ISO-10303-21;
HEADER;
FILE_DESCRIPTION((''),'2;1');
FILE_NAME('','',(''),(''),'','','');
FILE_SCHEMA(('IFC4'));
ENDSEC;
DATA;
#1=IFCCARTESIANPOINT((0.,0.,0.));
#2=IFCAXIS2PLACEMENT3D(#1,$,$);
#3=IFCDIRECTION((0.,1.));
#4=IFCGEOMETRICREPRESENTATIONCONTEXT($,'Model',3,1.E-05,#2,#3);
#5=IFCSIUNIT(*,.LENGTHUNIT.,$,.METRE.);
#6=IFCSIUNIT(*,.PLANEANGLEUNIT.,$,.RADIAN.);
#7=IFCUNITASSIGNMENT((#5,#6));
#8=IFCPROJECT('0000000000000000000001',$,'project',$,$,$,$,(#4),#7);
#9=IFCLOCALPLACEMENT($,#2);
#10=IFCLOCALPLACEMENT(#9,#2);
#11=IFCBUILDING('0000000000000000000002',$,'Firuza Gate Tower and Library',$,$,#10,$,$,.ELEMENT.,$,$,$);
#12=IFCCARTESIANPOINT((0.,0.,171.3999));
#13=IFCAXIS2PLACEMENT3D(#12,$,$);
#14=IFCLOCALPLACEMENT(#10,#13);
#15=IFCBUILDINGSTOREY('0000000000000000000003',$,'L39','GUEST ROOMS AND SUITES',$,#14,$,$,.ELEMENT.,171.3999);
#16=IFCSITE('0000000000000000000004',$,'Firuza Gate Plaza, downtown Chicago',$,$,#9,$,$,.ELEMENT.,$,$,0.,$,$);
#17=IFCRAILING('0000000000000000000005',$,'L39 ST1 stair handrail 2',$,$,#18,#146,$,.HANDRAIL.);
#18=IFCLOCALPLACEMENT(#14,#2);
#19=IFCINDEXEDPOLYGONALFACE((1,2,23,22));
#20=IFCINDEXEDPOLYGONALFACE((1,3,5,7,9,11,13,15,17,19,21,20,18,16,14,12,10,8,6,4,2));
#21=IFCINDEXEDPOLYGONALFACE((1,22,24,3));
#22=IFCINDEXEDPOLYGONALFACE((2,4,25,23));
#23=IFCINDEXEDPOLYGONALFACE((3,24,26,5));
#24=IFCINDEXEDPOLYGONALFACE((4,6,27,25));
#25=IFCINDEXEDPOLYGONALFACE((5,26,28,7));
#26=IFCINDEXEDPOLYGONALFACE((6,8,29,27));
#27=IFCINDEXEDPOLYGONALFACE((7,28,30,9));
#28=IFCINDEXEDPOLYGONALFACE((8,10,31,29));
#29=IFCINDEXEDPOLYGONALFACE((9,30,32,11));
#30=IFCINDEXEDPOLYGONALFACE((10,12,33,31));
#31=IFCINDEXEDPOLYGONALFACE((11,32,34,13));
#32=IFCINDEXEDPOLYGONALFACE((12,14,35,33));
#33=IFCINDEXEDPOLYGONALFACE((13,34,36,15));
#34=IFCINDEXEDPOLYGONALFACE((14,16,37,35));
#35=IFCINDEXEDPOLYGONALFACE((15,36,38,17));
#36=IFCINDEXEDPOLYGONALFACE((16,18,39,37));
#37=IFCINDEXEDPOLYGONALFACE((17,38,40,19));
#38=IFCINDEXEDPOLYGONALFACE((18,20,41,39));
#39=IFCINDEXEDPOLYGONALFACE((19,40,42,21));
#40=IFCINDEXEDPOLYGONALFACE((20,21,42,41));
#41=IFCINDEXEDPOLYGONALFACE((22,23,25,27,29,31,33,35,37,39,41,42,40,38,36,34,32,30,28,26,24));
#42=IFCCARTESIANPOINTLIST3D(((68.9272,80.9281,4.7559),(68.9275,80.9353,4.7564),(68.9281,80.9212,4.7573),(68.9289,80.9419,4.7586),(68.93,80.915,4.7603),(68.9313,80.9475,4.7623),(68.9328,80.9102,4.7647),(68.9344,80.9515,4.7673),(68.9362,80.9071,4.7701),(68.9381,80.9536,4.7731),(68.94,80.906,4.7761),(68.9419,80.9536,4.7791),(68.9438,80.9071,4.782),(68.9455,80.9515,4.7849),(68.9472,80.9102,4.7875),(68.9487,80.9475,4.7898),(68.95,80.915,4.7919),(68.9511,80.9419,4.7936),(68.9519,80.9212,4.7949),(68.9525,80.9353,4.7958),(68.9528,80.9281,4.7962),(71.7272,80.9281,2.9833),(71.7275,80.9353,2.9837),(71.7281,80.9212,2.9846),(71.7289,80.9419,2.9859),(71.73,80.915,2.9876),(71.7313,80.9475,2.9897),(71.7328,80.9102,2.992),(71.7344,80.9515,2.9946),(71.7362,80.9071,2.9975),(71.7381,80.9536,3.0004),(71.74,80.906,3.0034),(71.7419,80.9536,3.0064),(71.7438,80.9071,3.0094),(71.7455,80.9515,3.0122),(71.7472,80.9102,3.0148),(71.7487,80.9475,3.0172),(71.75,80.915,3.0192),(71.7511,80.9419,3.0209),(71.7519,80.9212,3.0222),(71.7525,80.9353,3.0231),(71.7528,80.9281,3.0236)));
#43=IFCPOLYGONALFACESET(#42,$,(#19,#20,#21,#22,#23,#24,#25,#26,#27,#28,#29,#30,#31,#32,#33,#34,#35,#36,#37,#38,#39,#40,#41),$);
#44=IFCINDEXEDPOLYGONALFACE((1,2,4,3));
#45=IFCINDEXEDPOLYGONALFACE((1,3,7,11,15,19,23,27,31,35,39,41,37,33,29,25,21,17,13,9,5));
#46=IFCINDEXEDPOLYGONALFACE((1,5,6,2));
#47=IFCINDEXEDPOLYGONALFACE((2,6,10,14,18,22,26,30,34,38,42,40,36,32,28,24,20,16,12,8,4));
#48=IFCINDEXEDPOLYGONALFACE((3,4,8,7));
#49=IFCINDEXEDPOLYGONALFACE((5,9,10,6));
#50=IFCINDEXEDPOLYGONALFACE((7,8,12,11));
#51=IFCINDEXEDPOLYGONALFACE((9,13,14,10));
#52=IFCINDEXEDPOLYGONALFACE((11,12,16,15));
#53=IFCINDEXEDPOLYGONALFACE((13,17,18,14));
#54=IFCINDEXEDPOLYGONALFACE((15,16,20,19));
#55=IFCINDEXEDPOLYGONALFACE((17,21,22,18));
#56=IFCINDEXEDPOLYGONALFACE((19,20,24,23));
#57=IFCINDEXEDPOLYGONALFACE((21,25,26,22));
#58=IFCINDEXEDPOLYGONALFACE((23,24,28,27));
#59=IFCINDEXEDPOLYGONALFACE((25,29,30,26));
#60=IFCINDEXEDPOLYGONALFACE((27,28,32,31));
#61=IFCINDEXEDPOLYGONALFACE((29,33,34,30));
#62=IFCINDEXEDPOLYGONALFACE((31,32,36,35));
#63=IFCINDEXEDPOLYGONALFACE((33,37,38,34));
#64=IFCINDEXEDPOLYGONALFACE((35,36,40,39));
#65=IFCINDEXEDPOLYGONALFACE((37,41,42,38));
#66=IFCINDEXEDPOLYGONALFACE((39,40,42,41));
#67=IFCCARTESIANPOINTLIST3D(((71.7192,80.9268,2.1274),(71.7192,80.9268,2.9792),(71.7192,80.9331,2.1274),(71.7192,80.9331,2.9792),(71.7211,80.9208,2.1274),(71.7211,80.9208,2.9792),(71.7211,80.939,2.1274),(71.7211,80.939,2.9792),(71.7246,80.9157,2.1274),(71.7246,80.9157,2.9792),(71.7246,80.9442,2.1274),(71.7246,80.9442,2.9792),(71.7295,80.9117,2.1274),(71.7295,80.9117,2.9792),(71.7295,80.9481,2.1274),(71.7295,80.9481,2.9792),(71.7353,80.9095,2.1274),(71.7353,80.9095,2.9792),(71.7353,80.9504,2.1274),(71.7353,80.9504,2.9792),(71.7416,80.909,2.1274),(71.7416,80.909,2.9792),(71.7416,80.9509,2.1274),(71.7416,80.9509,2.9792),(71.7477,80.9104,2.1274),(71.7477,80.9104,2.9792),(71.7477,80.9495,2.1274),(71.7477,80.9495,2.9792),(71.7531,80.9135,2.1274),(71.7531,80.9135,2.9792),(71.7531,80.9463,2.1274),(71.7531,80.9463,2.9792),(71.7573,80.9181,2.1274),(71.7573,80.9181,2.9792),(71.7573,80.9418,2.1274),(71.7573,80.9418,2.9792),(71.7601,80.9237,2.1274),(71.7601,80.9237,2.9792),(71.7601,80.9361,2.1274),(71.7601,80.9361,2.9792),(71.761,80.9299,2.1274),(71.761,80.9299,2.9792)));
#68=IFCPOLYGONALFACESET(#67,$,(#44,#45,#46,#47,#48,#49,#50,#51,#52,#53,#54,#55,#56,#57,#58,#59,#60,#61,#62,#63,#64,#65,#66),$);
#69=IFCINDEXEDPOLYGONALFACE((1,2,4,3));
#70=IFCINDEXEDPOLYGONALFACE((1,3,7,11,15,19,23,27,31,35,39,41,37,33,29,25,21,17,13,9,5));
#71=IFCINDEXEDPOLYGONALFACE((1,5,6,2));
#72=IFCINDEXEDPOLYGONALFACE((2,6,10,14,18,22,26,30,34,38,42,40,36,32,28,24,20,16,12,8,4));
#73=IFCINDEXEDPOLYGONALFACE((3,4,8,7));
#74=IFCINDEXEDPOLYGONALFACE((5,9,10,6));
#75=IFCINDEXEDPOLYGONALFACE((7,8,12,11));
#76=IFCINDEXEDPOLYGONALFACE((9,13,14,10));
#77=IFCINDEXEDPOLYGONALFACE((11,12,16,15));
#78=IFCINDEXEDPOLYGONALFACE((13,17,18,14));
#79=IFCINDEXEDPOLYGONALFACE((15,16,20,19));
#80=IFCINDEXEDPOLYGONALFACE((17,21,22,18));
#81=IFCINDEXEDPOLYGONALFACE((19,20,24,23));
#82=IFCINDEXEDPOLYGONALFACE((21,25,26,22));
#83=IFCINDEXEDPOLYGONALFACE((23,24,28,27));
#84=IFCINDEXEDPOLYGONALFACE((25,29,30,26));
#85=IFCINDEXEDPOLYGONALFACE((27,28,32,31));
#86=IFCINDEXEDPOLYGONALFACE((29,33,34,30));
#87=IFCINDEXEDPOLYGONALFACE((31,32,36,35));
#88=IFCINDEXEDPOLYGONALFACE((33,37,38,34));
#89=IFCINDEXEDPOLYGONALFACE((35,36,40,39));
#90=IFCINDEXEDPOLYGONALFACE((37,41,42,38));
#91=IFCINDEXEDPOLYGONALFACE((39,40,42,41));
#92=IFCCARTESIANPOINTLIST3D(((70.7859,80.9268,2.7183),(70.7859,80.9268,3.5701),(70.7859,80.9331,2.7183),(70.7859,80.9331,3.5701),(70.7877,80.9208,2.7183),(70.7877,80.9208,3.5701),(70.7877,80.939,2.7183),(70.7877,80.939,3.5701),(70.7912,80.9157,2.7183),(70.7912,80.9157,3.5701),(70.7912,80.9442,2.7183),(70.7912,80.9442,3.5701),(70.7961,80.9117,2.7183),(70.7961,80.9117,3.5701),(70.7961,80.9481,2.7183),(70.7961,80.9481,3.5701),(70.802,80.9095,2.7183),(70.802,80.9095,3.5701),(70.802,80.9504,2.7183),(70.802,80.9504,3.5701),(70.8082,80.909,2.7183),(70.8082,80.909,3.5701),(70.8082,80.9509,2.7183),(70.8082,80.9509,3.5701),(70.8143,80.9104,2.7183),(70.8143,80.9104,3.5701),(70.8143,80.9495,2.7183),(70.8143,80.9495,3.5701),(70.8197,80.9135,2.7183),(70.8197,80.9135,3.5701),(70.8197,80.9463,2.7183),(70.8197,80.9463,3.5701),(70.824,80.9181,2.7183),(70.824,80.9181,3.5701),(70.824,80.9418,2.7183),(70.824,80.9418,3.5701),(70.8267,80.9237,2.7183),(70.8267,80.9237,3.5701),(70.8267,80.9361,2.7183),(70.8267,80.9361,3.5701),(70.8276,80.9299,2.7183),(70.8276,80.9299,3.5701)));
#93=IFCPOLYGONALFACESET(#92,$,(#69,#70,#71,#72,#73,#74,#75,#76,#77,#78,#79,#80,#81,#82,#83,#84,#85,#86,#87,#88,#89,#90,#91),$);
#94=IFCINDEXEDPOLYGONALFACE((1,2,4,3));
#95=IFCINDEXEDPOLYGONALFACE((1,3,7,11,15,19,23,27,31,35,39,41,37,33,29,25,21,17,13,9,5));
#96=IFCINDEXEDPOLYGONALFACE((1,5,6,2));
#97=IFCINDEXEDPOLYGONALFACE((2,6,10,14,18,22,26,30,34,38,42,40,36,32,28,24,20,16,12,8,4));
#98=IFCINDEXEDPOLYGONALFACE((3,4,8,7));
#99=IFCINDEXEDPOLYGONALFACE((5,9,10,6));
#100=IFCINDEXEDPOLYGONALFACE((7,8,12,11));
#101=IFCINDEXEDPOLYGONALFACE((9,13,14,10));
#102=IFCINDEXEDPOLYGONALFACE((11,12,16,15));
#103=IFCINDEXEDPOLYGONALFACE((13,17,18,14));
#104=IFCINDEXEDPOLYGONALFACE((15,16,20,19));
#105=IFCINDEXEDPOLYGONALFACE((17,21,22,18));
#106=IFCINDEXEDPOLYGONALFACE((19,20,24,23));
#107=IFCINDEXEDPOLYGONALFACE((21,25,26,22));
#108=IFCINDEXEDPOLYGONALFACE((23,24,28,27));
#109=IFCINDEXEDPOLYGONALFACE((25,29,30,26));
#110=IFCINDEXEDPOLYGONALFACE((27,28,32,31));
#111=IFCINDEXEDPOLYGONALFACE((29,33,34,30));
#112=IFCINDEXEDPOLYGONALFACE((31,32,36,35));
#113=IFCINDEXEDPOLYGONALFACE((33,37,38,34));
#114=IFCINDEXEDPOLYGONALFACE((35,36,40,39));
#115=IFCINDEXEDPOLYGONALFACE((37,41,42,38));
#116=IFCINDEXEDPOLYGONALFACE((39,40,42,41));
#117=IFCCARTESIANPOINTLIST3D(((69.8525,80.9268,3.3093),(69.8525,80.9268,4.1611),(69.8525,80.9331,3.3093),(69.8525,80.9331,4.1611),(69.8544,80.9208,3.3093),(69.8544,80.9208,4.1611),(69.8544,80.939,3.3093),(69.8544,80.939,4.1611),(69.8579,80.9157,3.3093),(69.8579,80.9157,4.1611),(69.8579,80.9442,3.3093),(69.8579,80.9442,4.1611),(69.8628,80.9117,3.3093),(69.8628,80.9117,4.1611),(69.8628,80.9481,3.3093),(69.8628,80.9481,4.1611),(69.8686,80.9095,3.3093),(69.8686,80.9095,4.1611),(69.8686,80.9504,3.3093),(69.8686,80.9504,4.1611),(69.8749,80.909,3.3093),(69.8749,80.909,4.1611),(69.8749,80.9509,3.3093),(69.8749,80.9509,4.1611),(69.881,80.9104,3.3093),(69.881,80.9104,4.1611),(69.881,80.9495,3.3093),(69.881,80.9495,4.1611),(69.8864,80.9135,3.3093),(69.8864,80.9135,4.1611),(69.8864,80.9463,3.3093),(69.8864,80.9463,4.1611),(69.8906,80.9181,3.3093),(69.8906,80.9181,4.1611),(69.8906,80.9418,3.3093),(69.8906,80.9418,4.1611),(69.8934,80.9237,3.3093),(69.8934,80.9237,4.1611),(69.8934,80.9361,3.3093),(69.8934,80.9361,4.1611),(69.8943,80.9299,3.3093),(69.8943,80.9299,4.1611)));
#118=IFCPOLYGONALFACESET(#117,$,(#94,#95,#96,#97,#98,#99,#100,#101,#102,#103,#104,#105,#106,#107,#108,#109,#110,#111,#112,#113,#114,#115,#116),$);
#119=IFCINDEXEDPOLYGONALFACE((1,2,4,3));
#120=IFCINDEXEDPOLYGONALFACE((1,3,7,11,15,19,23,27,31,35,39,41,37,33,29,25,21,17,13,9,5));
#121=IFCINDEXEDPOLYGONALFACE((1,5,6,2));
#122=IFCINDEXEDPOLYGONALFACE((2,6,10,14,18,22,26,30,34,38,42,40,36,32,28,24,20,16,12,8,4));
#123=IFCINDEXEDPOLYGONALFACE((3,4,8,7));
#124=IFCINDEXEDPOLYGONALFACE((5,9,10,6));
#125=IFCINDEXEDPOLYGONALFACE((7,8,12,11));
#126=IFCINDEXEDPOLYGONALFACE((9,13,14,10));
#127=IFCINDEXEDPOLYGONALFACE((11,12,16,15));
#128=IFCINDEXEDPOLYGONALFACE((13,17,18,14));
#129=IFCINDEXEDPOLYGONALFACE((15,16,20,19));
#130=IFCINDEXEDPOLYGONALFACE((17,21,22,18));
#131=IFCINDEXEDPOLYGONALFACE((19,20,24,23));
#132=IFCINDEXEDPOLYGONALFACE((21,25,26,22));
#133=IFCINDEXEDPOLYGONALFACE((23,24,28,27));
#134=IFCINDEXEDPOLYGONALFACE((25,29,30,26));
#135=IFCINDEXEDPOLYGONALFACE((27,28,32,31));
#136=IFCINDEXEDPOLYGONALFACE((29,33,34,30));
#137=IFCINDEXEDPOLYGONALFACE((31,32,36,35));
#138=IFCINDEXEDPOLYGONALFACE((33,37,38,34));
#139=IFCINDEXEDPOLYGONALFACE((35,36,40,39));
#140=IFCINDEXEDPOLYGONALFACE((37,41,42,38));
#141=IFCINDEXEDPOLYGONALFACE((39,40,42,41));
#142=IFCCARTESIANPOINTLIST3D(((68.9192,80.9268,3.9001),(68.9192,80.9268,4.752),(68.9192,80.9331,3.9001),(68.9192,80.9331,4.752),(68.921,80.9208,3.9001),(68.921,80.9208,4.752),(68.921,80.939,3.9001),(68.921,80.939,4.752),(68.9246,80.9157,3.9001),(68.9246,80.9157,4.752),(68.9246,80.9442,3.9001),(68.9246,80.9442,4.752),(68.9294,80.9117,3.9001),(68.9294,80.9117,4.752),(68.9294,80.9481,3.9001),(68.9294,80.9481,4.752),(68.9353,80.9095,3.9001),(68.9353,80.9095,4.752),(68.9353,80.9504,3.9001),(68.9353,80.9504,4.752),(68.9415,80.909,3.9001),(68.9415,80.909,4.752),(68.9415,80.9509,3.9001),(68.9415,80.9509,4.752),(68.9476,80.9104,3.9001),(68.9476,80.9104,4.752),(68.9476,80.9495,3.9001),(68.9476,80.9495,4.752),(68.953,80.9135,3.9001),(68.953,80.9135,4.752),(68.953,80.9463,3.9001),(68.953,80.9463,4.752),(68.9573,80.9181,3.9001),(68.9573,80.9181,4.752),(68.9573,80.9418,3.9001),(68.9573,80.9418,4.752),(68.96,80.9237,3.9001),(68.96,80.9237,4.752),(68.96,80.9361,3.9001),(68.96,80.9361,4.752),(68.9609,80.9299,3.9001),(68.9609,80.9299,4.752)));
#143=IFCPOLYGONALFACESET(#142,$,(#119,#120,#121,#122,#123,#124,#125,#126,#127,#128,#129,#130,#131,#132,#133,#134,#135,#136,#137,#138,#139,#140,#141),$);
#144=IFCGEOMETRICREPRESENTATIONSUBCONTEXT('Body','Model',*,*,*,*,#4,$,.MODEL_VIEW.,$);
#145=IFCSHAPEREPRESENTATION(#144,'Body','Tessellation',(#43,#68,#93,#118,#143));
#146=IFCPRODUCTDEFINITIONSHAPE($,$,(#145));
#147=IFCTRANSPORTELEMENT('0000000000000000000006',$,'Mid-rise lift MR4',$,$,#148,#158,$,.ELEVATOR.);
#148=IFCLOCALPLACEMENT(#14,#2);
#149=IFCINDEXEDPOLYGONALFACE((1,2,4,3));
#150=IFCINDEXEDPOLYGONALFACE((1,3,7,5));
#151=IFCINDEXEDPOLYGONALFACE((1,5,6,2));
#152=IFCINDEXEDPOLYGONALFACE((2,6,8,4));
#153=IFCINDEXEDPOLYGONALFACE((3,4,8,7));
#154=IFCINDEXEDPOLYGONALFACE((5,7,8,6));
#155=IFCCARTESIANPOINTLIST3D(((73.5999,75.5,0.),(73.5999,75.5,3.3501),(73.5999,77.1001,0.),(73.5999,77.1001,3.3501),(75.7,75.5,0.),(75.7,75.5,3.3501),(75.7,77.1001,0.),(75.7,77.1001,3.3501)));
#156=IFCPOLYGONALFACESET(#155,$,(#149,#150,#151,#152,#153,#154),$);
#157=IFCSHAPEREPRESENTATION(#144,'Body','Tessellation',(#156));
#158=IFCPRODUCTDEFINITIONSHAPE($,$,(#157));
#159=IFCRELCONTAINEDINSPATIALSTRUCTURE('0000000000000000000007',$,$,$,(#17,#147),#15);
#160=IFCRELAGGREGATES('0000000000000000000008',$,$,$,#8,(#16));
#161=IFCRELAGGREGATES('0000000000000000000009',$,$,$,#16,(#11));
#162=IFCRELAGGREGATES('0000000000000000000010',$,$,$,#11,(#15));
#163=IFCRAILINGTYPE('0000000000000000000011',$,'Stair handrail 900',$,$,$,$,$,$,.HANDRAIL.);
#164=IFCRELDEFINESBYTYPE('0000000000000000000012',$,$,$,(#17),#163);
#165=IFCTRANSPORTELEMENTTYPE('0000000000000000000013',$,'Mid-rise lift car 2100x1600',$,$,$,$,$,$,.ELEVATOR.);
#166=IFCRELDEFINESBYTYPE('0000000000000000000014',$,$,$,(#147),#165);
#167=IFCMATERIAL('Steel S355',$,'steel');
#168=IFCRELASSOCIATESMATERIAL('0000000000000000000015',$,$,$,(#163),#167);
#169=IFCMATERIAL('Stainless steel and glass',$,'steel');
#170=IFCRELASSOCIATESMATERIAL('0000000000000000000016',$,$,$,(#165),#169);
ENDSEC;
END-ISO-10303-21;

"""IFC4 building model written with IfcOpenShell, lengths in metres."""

from ifc_helpers import new_model, si_unit, direction, frame, origin, origin_2d, place, context, subcontext, project, spatial, rectangle, circle, extrude, material, type_object, element, save


model = new_model("IFC4")

# Units and contexts
model_context = context("Model", 3, precision=1e-05, world=origin(), true_north=direction((0.0, 1.0)))
body_context = subcontext(model_context, "Body", "Model", "MODEL_VIEW")
ifc_project = project(units=[si_unit("LENGTHUNIT", "METRE"), si_unit("PLANEANGLEUNIT", "RADIAN")], contexts=[model_context])

# Site, building, storey
site_placement = place(None, origin())
site = spatial("IfcSite", under=ifc_project, at=site_placement, Name="Firuza Gate Plaza, downtown Chicago", CompositionType="ELEMENT", RefElevation=0.0)
building_placement = place(site_placement, origin())
building = spatial("IfcBuilding", under=site, at=building_placement, Name="Firuza Gate Tower and Library", CompositionType="ELEMENT")
storey_placement = place(building_placement, frame((0.0, 0.0, 171.3999)))
storey = spatial("IfcBuildingStorey", under=building, at=storey_placement, Name="L39", Description="GUEST ROOMS AND SUITES", CompositionType="ELEMENT", Elevation=171.3999)

# Railing
ifc_material_1 = material(Name="Steel S355", Category="steel")
railing_type_1 = type_object("IfcRailingType", Name="Stair handrail 900", PredefinedType="HANDRAIL", material=ifc_material_1)
railing_1_placement = place(storey_placement, frame((71.74, 80.9299, 2.1274)))
element("IfcRailing", 1, at=railing_1_placement, inside=storey, type_object=railing_type_1, Name="L39 ST1 stair handrail 2", PredefinedType="HANDRAIL", context=body_context, shape_type="SweptSolid", body=[
    extrude(circle(Radius=0.0239, at=origin_2d()), frame((0.0, 0.0, 0.876), z_axis=(-0.844909, 0.0, 0.53491), x_axis=(0.0, -1.0, 0.0)), (0.0, 0.0, 1.0), 3.314),
    extrude(circle(Radius=0.021, at=origin_2d()), origin(), (0.0, 0.0, 1.0), 0.8518),
    extrude(circle(Radius=0.021, at=origin_2d()), frame((-0.9333, 0.0, 0.5908)), (0.0, 0.0, 1.0), 0.8518),
    extrude(circle(Radius=0.021, at=origin_2d()), frame((-1.8667, 0.0, 1.1819)), (0.0, 0.0, 1.0), 0.8518),
    extrude(circle(Radius=0.021, at=origin_2d()), frame((-2.8, 0.0, 1.7727)), (0.0, 0.0, 1.0), 0.8518),
])

# Transport element
ifc_material_2 = material(Name="Stainless steel and glass", Category="steel")
transport_element_type = type_object("IfcTransportElementType", Name="Mid-rise lift car 2100x1600", PredefinedType="ELEVATOR", material=ifc_material_2)
transport_element_placement = place(storey_placement, frame((74.6499, 76.3, 0.0), z_axis=(0.0, 0.0, 1.0), x_axis=(1.0, 0.0, 0.0)))
element("IfcTransportElement", 2, at=transport_element_placement, inside=storey, type_object=transport_element_type, Name="Mid-rise lift MR4", PredefinedType="ELEVATOR", context=body_context, shape_type="SweptSolid", body=[
    extrude(rectangle(XDim=2.1001, YDim=1.6001, at=origin_2d()), origin(), (0.0, 0.0, 1.0), 3.3501),
])

save(model, "model.ifc")
